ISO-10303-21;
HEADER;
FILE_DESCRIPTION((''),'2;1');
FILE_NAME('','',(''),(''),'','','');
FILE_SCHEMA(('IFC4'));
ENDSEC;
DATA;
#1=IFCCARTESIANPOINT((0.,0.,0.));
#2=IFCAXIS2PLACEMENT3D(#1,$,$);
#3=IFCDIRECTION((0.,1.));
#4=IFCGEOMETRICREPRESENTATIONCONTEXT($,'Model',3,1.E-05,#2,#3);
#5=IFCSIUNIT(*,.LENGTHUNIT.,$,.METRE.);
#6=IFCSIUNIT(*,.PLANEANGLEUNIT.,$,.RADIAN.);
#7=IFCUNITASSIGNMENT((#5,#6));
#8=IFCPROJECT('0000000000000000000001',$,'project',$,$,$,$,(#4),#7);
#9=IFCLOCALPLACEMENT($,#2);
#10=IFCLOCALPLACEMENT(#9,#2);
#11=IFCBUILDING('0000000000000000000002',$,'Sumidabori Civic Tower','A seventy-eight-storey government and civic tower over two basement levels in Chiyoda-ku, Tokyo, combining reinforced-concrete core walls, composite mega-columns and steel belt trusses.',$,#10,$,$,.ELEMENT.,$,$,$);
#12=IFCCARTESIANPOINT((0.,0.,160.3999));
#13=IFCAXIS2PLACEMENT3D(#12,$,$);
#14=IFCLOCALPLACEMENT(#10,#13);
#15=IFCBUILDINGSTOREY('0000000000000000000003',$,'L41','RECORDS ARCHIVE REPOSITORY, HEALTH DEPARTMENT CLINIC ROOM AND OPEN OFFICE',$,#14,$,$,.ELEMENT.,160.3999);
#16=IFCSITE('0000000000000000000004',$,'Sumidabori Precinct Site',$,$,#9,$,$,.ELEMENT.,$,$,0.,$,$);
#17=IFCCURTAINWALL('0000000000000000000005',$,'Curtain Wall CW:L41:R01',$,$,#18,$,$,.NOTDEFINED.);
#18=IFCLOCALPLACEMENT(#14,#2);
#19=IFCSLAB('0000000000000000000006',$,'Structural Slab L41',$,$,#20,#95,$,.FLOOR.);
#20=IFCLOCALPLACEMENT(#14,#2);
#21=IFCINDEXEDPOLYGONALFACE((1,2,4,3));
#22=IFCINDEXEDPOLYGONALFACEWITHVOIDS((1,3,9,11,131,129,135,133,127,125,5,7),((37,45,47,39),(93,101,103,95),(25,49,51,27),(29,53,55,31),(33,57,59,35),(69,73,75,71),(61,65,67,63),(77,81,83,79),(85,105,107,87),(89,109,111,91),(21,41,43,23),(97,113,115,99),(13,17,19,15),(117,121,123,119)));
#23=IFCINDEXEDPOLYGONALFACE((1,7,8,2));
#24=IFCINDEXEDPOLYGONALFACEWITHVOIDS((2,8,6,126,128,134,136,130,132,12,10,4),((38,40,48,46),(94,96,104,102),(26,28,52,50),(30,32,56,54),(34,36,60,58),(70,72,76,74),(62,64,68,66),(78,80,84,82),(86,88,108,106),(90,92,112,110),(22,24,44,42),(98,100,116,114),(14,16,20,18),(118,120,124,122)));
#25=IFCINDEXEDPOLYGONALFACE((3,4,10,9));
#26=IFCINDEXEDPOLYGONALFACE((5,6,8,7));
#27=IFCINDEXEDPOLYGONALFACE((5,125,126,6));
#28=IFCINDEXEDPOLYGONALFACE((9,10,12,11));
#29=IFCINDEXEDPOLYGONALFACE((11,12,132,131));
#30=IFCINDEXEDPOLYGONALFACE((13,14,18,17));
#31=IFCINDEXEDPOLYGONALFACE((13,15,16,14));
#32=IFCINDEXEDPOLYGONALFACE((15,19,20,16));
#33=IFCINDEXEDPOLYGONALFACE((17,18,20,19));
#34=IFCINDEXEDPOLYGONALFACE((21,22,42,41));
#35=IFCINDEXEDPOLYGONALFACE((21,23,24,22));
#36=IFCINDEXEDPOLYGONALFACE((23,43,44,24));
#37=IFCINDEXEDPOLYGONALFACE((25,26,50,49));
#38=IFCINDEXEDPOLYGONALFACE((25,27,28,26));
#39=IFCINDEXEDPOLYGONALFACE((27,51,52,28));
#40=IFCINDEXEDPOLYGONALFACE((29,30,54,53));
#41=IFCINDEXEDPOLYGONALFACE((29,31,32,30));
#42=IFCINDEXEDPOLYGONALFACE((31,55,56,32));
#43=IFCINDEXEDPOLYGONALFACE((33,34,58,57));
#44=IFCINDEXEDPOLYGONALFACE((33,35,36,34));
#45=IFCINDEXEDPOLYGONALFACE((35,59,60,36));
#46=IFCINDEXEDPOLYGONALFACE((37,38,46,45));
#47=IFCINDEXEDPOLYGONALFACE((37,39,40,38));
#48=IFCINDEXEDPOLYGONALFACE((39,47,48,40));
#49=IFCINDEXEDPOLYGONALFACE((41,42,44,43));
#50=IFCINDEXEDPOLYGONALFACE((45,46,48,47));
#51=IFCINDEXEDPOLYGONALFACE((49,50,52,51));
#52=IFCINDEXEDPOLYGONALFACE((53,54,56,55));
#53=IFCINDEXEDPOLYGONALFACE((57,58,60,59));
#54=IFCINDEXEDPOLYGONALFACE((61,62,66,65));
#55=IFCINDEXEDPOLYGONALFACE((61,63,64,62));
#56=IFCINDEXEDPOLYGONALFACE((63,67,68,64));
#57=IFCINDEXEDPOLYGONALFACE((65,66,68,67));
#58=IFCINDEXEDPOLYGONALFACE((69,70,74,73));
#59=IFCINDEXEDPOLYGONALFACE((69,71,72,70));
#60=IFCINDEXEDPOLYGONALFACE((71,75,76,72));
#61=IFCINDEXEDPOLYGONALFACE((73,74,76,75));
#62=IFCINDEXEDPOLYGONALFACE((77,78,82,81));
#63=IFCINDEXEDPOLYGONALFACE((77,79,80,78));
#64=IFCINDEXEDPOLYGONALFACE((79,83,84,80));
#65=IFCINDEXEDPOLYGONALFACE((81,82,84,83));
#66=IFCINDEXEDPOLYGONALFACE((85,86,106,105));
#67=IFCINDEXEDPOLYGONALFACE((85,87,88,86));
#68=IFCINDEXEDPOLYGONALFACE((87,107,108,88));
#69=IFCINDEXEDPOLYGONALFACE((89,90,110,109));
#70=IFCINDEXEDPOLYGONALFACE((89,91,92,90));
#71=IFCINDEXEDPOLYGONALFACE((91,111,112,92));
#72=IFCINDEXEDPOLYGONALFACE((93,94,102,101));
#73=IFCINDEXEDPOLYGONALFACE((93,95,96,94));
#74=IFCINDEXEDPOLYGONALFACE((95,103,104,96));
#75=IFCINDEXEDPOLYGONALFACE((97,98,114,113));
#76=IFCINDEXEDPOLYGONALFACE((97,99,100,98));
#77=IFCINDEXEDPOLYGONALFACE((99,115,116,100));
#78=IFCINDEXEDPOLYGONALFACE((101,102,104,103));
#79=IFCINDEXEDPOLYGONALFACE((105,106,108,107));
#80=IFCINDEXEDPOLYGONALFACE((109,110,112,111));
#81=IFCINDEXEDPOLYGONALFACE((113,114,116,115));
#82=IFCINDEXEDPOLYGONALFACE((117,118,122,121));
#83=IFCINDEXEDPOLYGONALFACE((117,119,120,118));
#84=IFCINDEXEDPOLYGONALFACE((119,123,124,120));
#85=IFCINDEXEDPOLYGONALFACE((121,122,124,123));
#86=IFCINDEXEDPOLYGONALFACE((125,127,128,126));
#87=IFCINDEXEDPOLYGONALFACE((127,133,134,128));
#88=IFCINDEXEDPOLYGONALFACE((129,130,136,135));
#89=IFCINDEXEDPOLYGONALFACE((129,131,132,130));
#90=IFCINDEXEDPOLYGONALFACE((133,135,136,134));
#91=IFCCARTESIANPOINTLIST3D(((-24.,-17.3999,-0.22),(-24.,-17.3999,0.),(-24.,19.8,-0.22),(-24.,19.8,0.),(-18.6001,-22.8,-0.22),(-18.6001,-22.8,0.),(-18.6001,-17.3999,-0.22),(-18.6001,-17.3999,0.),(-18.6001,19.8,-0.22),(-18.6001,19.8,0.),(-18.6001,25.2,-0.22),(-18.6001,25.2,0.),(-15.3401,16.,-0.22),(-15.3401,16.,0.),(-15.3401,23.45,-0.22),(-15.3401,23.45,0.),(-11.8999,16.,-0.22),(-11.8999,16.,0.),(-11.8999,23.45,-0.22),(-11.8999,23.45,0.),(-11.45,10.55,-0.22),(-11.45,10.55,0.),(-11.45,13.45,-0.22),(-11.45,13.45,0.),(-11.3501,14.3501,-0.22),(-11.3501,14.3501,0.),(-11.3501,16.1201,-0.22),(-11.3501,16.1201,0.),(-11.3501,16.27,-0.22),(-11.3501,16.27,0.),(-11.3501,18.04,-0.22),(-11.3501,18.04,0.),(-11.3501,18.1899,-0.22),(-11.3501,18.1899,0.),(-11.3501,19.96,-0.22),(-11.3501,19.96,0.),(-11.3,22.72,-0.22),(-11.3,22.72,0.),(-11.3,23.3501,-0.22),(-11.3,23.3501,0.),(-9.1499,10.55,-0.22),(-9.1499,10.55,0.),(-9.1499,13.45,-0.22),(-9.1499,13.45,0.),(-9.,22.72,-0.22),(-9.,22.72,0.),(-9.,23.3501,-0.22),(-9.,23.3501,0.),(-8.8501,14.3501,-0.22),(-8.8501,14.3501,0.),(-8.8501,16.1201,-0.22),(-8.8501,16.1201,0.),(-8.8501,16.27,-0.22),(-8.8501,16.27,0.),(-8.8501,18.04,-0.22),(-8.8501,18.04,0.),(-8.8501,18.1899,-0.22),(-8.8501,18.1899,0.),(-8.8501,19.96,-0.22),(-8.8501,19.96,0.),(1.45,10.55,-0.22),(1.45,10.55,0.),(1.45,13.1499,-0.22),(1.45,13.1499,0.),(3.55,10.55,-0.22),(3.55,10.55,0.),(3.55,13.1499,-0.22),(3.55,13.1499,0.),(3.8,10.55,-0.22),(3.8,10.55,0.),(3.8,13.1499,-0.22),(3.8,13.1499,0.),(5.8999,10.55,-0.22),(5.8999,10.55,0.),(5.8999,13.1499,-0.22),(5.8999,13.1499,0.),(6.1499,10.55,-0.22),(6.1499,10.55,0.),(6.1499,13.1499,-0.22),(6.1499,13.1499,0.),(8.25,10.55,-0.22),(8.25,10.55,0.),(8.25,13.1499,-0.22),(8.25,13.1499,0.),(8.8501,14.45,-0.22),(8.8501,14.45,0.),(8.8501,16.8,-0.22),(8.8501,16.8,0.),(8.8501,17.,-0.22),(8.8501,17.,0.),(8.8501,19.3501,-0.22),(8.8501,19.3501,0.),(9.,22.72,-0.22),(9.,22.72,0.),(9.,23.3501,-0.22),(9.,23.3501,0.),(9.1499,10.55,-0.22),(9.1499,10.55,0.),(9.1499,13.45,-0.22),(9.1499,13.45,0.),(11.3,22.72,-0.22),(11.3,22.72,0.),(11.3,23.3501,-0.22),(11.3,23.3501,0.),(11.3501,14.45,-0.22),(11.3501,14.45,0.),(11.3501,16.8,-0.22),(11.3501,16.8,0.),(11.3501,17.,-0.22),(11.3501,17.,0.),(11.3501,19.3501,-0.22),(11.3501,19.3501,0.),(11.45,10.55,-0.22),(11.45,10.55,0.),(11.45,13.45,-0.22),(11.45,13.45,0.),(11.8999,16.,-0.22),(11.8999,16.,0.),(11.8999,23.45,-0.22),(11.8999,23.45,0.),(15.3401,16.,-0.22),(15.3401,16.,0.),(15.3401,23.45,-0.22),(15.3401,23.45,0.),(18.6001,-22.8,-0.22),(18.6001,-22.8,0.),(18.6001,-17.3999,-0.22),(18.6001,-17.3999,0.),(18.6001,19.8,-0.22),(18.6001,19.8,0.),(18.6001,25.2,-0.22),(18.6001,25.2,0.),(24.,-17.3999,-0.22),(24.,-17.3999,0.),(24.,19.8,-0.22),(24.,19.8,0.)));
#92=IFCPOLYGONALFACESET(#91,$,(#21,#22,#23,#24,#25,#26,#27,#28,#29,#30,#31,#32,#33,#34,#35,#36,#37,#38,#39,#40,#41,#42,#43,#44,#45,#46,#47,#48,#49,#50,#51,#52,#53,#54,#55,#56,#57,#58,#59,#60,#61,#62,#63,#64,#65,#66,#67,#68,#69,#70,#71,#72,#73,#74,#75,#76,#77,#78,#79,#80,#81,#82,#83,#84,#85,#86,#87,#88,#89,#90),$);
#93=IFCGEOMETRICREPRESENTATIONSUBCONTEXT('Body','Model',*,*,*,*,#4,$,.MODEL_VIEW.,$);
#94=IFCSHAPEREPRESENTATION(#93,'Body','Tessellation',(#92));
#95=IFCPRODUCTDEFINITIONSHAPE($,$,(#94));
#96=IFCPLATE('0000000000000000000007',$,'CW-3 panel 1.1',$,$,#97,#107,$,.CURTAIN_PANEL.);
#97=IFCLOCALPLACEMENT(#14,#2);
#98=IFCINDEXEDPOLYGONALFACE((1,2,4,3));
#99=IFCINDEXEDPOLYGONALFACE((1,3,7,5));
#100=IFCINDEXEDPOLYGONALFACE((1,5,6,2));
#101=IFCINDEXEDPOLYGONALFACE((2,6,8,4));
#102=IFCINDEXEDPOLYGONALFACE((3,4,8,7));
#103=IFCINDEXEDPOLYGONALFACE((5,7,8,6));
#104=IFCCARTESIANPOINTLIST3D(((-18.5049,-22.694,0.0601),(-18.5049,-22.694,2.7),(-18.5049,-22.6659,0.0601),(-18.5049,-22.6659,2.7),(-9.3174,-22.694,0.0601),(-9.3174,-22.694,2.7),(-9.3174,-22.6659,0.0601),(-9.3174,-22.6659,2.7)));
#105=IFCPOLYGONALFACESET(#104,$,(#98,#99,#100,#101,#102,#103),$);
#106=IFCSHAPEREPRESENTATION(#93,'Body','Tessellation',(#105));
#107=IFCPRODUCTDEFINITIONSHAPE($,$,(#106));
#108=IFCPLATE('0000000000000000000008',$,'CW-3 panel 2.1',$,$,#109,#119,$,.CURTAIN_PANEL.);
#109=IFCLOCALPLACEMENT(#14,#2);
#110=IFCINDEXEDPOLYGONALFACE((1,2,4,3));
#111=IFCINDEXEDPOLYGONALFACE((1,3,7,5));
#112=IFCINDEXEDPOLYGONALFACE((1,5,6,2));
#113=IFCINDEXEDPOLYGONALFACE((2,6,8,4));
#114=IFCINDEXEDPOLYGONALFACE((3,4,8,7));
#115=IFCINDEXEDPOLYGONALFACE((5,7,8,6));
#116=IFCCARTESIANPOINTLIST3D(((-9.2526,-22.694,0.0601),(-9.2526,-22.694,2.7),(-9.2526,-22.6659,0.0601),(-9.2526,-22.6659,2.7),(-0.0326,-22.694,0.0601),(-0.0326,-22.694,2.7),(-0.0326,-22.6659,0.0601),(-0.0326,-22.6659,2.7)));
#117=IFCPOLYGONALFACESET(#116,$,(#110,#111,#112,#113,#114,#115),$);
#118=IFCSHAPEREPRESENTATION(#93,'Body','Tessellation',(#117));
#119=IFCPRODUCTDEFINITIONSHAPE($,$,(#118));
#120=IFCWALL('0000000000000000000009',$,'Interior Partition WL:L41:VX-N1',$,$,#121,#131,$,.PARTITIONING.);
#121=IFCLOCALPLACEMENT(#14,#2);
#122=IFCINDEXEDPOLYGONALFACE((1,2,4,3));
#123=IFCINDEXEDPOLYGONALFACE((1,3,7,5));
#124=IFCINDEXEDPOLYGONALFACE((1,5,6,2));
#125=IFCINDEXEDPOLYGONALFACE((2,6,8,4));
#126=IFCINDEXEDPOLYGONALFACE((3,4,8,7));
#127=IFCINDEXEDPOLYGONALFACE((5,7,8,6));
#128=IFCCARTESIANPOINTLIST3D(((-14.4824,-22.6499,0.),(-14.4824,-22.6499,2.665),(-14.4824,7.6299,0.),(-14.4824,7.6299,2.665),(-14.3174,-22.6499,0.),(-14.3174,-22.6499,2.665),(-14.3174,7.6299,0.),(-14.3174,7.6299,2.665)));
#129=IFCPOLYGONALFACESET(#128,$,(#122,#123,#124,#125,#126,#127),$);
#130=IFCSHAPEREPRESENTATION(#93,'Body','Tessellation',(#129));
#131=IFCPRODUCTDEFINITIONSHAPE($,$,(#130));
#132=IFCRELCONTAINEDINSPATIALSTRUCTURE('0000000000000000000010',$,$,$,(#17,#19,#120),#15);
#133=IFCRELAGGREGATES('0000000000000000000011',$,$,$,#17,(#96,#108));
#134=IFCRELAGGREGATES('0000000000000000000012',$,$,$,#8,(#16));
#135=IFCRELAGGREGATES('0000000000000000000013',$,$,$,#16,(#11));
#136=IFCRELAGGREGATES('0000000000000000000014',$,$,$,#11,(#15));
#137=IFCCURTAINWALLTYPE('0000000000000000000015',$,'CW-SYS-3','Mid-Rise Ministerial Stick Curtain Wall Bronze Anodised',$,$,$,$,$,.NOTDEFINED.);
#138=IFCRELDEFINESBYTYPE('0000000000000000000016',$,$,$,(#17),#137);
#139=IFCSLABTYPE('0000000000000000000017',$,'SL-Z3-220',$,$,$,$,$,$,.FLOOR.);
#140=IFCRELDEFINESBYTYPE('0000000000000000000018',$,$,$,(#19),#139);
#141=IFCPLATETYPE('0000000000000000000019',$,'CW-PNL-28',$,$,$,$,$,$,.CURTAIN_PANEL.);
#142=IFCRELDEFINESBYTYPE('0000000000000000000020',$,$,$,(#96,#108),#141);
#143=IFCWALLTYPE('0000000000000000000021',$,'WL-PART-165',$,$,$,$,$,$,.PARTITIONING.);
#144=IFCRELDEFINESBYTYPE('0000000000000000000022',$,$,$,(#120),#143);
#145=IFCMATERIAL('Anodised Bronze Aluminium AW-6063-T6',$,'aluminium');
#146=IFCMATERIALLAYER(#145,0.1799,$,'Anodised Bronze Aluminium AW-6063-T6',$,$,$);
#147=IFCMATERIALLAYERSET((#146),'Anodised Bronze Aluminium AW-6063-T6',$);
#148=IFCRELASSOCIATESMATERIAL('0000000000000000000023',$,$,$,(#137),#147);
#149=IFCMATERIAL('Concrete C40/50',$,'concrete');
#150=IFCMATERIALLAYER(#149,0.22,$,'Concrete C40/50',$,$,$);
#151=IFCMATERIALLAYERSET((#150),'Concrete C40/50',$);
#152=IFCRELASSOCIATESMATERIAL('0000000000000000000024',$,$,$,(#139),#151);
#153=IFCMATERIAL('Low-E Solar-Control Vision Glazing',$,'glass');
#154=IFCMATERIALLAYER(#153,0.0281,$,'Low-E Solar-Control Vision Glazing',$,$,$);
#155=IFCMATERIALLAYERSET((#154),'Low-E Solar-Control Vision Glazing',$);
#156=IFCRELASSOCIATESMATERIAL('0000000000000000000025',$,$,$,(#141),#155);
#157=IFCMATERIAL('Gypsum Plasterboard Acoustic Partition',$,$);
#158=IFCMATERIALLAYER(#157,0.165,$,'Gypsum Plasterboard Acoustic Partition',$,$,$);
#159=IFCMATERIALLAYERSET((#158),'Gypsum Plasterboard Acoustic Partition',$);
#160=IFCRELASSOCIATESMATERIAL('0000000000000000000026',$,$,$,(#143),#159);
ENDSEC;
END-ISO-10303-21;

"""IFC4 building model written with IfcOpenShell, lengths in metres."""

from ifc_helpers import new_model, si_unit, direction, frame, frame_2d, origin, origin_2d, place, context, subcontext, project, spatial, polyline, rectangle, outline, extrude, source, transform, mapped, material, layer, layer_set, type_object, element, aggregate, save


model = new_model("IFC4")

# Units and contexts
model_context = context("Model", 3, precision=1e-05, world=origin(), true_north=direction((0.0, 1.0)))
body_context = subcontext(model_context, "Body", "Model", "MODEL_VIEW")
ifc_project = project(units=[si_unit("LENGTHUNIT", "METRE"), si_unit("PLANEANGLEUNIT", "RADIAN")], contexts=[model_context])

# Site, building, storey
site_placement = place(None, origin())
site = spatial("IfcSite", under=ifc_project, at=site_placement, Name="Sumidabori Precinct Site", CompositionType="ELEMENT", RefElevation=0.0)
building_placement = place(site_placement, origin())
building = spatial("IfcBuilding", under=site, at=building_placement, Name="Sumidabori Civic Tower", Description="A seventy-eight-storey government and civic tower over two basement levels in Chiyoda-ku, Tokyo, combining reinforced-concrete core walls, composite mega-columns and steel belt trusses.", CompositionType="ELEMENT")
storey_placement = place(building_placement, frame((0.0, 0.0, 160.3999)))
storey = spatial("IfcBuildingStorey", under=building, at=storey_placement, Name="L41", Description="RECORDS ARCHIVE REPOSITORY, HEALTH DEPARTMENT CLINIC ROOM AND OPEN OFFICE", CompositionType="ELEMENT", Elevation=160.3999)

# Curtain wall
ifc_material_1 = material(Name="Anodised Bronze Aluminium AW-6063-T6", Category="aluminium")
ifc_layer_1 = layer(ifc_material_1, 0.1799, Name="Anodised Bronze Aluminium AW-6063-T6")
ifc_layer_set_1 = layer_set([ifc_layer_1], Name="Anodised Bronze Aluminium AW-6063-T6")
curtain_wall_type = type_object("IfcCurtainWallType", Name="CW-SYS-3", Description="Mid-Rise Ministerial Stick Curtain Wall Bronze Anodised", PredefinedType="NOTDEFINED", material=ifc_layer_set_1)
curtain_wall_placement = place(storey_placement, origin())
curtain_wall = element("IfcCurtainWall", 1, at=curtain_wall_placement, inside=storey, type_object=curtain_wall_type, Name="Curtain Wall CW:L41:R01", PredefinedType="NOTDEFINED")

# Shared definitions
ifc_material_2 = material(Name="Concrete C40/50", Category="concrete")

# Slab
ifc_layer_2 = layer(ifc_material_2, 0.22, Name="Concrete C40/50")
ifc_layer_set_2 = layer_set([ifc_layer_2], Name="Concrete C40/50")
slab_type_1 = type_object("IfcSlabType", Name="SL-Z3-220", PredefinedType="FLOOR", material=ifc_layer_set_2)
slab_1_placement = place(storey_placement, frame((0.0, 0.0, -0.22)))
element("IfcSlab", 2, at=slab_1_placement, inside=storey, type_object=slab_type_1, Name="Structural Slab L41", PredefinedType="FLOOR", context=body_context, shape_type="SweptSolid", body=[
    extrude(outline(polyline([(-18.6001, -22.8), (18.6001, -22.8), (18.6001, -17.3999), (24.0, -17.3999), (24.0, 19.8), (18.6001, 19.8), (18.6001, 25.2), (-18.6001, 25.2), (-18.6001, 19.8), (-24.0, 19.8), (-24.0, -17.3999), (-18.6001, -17.3999), (-18.6001, -22.8)]), holes=[polyline([(-11.8999, 16.0), (-11.8999, 23.45), (-15.3401, 23.45), (-15.3401, 16.0), (-11.8999, 16.0)]), polyline([(15.3401, 16.0), (15.3401, 23.45), (11.8999, 23.45), (11.8999, 16.0), (15.3401, 16.0)]), polyline([(-11.45, 10.55), (-9.1499, 10.55), (-9.1499, 13.45), (-11.45, 13.45), (-11.45, 10.55)]), polyline([(9.1499, 10.55), (11.45, 10.55), (11.45, 13.45), (9.1499, 13.45), (9.1499, 10.55)]), polyline([(1.45, 10.55), (3.55, 10.55), (3.55, 13.1499), (1.45, 13.1499), (1.45, 10.55)]), polyline([(3.8, 10.55), (5.8999, 10.55), (5.8999, 13.1499), (3.8, 13.1499), (3.8, 10.55)]), polyline([(6.1499, 10.55), (8.25, 10.55), (8.25, 13.1499), (6.1499, 13.1499), (6.1499, 10.55)]), polyline([(-11.3501, 14.3501), (-8.8501, 14.3501), (-8.8501, 16.1201), (-11.3501, 16.1201), (-11.3501, 14.3501)]), polyline([(-11.3501, 16.27), (-8.8501, 16.27), (-8.8501, 18.04), (-11.3501, 18.04), (-11.3501, 16.27)]), polyline([(-11.3501, 18.1899), (-8.8501, 18.1899), (-8.8501, 19.96), (-11.3501, 19.96), (-11.3501, 18.1899)]), polyline([(8.8501, 14.45), (11.3501, 14.45), (11.3501, 16.8), (8.8501, 16.8), (8.8501, 14.45)]), polyline([(8.8501, 17.0), (11.3501, 17.0), (11.3501, 19.3501), (8.8501, 19.3501), (8.8501, 17.0)]), polyline([(-11.3, 22.72), (-9.0, 22.72), (-9.0, 23.3501), (-11.3, 23.3501), (-11.3, 22.72)]), polyline([(9.0, 22.72), (11.3, 22.72), (11.3, 23.3501), (9.0, 23.3501), (9.0, 22.72)])]), origin(), (0.0, 0.0, 1.0), 0.22),
])

# Plates
ifc_material_3 = material(Name="Low-E Solar-Control Vision Glazing", Category="glass")
ifc_layer_3 = layer(ifc_material_3, 0.0281, Name="Low-E Solar-Control Vision Glazing")
ifc_layer_set_3 = layer_set([ifc_layer_3], Name="Low-E Solar-Control Vision Glazing")
plate_type = type_object("IfcPlateType", Name="CW-PNL-28", PredefinedType="CURTAIN_PANEL", material=ifc_layer_set_3)
shared_shape_1 = source(origin(), body_context, "Body", "SweptSolid", [
    extrude(rectangle(XDim=9.1875, YDim=0.0281, at=origin_2d()), origin(), (0.0, 0.0, 1.0), 2.6399),
])
plate_1_placement = place(storey_placement, frame((-13.9111, -22.6799, 0.0601), z_axis=(0.0, 0.0, 1.0), x_axis=(1.0, 0.0, 0.0)))
plate_1 = element("IfcPlate", 3, at=plate_1_placement, type_object=plate_type, Name="CW-3 panel 1.1", PredefinedType="CURTAIN_PANEL", context=body_context, shape_type="MappedRepresentation", body=[
    mapped(shared_shape_1, transform((0.0, 0.0, 0.0), x_axis=(1.0, 0.0, 0.0), y_axis=(0.0, 1.0, 0.0), z_axis=(0.0, 0.0, 1.0), scale=1.0)),
])
shared_shape_2 = source(origin(), body_context, "Body", "SweptSolid", [
    extrude(rectangle(XDim=9.22, YDim=0.0281, at=origin_2d()), origin(), (0.0, 0.0, 1.0), 2.6399),
])
plate_2_placement = place(storey_placement, frame((-4.6426, -22.6799, 0.0601), z_axis=(0.0, 0.0, 1.0), x_axis=(1.0, 0.0, 0.0)))
plate_2 = element("IfcPlate", 4, at=plate_2_placement, type_object=plate_type, Name="CW-3 panel 2.1", PredefinedType="CURTAIN_PANEL", context=body_context, shape_type="MappedRepresentation", body=[
    mapped(shared_shape_2, transform((0.0, 0.0, 0.0), x_axis=(1.0, 0.0, 0.0), y_axis=(0.0, 1.0, 0.0), z_axis=(0.0, 0.0, 1.0), scale=1.0)),
])
aggregate(curtain_wall, [plate_1, plate_2])

# Wall
ifc_material_4 = material(Name="Gypsum Plasterboard Acoustic Partition")
ifc_layer_4 = layer(ifc_material_4, 0.165, Name="Gypsum Plasterboard Acoustic Partition")
ifc_layer_set_4 = layer_set([ifc_layer_4], Name="Gypsum Plasterboard Acoustic Partition")
wall_type = type_object("IfcWallType", Name="WL-PART-165", PredefinedType="PARTITIONING", material=ifc_layer_set_4)
shared_shape_3 = source(origin(), body_context, "Body", "SweptSolid", [
    extrude(rectangle(XDim=30.2798, YDim=0.165, at=frame_2d((15.1399, 0.0))), origin(), (0.0, 0.0, 1.0), 2.665),
])
wall_placement = place(storey_placement, frame((-14.3999, -22.6499, 0.0), z_axis=(0.0, 0.0, 1.0), x_axis=(0.0, 1.0, 0.0)))
element("IfcWall", 5, at=wall_placement, inside=storey, type_object=wall_type, Name="Interior Partition WL:L41:VX-N1", PredefinedType="PARTITIONING", context=body_context, shape_type="MappedRepresentation", body=[
    mapped(shared_shape_3, transform((0.0, 0.0, 0.0), x_axis=(1.0, 0.0, 0.0), y_axis=(0.0, 1.0, 0.0), z_axis=(0.0, 0.0, 1.0), scale=1.0)),
])

save(model, "model.ifc")
